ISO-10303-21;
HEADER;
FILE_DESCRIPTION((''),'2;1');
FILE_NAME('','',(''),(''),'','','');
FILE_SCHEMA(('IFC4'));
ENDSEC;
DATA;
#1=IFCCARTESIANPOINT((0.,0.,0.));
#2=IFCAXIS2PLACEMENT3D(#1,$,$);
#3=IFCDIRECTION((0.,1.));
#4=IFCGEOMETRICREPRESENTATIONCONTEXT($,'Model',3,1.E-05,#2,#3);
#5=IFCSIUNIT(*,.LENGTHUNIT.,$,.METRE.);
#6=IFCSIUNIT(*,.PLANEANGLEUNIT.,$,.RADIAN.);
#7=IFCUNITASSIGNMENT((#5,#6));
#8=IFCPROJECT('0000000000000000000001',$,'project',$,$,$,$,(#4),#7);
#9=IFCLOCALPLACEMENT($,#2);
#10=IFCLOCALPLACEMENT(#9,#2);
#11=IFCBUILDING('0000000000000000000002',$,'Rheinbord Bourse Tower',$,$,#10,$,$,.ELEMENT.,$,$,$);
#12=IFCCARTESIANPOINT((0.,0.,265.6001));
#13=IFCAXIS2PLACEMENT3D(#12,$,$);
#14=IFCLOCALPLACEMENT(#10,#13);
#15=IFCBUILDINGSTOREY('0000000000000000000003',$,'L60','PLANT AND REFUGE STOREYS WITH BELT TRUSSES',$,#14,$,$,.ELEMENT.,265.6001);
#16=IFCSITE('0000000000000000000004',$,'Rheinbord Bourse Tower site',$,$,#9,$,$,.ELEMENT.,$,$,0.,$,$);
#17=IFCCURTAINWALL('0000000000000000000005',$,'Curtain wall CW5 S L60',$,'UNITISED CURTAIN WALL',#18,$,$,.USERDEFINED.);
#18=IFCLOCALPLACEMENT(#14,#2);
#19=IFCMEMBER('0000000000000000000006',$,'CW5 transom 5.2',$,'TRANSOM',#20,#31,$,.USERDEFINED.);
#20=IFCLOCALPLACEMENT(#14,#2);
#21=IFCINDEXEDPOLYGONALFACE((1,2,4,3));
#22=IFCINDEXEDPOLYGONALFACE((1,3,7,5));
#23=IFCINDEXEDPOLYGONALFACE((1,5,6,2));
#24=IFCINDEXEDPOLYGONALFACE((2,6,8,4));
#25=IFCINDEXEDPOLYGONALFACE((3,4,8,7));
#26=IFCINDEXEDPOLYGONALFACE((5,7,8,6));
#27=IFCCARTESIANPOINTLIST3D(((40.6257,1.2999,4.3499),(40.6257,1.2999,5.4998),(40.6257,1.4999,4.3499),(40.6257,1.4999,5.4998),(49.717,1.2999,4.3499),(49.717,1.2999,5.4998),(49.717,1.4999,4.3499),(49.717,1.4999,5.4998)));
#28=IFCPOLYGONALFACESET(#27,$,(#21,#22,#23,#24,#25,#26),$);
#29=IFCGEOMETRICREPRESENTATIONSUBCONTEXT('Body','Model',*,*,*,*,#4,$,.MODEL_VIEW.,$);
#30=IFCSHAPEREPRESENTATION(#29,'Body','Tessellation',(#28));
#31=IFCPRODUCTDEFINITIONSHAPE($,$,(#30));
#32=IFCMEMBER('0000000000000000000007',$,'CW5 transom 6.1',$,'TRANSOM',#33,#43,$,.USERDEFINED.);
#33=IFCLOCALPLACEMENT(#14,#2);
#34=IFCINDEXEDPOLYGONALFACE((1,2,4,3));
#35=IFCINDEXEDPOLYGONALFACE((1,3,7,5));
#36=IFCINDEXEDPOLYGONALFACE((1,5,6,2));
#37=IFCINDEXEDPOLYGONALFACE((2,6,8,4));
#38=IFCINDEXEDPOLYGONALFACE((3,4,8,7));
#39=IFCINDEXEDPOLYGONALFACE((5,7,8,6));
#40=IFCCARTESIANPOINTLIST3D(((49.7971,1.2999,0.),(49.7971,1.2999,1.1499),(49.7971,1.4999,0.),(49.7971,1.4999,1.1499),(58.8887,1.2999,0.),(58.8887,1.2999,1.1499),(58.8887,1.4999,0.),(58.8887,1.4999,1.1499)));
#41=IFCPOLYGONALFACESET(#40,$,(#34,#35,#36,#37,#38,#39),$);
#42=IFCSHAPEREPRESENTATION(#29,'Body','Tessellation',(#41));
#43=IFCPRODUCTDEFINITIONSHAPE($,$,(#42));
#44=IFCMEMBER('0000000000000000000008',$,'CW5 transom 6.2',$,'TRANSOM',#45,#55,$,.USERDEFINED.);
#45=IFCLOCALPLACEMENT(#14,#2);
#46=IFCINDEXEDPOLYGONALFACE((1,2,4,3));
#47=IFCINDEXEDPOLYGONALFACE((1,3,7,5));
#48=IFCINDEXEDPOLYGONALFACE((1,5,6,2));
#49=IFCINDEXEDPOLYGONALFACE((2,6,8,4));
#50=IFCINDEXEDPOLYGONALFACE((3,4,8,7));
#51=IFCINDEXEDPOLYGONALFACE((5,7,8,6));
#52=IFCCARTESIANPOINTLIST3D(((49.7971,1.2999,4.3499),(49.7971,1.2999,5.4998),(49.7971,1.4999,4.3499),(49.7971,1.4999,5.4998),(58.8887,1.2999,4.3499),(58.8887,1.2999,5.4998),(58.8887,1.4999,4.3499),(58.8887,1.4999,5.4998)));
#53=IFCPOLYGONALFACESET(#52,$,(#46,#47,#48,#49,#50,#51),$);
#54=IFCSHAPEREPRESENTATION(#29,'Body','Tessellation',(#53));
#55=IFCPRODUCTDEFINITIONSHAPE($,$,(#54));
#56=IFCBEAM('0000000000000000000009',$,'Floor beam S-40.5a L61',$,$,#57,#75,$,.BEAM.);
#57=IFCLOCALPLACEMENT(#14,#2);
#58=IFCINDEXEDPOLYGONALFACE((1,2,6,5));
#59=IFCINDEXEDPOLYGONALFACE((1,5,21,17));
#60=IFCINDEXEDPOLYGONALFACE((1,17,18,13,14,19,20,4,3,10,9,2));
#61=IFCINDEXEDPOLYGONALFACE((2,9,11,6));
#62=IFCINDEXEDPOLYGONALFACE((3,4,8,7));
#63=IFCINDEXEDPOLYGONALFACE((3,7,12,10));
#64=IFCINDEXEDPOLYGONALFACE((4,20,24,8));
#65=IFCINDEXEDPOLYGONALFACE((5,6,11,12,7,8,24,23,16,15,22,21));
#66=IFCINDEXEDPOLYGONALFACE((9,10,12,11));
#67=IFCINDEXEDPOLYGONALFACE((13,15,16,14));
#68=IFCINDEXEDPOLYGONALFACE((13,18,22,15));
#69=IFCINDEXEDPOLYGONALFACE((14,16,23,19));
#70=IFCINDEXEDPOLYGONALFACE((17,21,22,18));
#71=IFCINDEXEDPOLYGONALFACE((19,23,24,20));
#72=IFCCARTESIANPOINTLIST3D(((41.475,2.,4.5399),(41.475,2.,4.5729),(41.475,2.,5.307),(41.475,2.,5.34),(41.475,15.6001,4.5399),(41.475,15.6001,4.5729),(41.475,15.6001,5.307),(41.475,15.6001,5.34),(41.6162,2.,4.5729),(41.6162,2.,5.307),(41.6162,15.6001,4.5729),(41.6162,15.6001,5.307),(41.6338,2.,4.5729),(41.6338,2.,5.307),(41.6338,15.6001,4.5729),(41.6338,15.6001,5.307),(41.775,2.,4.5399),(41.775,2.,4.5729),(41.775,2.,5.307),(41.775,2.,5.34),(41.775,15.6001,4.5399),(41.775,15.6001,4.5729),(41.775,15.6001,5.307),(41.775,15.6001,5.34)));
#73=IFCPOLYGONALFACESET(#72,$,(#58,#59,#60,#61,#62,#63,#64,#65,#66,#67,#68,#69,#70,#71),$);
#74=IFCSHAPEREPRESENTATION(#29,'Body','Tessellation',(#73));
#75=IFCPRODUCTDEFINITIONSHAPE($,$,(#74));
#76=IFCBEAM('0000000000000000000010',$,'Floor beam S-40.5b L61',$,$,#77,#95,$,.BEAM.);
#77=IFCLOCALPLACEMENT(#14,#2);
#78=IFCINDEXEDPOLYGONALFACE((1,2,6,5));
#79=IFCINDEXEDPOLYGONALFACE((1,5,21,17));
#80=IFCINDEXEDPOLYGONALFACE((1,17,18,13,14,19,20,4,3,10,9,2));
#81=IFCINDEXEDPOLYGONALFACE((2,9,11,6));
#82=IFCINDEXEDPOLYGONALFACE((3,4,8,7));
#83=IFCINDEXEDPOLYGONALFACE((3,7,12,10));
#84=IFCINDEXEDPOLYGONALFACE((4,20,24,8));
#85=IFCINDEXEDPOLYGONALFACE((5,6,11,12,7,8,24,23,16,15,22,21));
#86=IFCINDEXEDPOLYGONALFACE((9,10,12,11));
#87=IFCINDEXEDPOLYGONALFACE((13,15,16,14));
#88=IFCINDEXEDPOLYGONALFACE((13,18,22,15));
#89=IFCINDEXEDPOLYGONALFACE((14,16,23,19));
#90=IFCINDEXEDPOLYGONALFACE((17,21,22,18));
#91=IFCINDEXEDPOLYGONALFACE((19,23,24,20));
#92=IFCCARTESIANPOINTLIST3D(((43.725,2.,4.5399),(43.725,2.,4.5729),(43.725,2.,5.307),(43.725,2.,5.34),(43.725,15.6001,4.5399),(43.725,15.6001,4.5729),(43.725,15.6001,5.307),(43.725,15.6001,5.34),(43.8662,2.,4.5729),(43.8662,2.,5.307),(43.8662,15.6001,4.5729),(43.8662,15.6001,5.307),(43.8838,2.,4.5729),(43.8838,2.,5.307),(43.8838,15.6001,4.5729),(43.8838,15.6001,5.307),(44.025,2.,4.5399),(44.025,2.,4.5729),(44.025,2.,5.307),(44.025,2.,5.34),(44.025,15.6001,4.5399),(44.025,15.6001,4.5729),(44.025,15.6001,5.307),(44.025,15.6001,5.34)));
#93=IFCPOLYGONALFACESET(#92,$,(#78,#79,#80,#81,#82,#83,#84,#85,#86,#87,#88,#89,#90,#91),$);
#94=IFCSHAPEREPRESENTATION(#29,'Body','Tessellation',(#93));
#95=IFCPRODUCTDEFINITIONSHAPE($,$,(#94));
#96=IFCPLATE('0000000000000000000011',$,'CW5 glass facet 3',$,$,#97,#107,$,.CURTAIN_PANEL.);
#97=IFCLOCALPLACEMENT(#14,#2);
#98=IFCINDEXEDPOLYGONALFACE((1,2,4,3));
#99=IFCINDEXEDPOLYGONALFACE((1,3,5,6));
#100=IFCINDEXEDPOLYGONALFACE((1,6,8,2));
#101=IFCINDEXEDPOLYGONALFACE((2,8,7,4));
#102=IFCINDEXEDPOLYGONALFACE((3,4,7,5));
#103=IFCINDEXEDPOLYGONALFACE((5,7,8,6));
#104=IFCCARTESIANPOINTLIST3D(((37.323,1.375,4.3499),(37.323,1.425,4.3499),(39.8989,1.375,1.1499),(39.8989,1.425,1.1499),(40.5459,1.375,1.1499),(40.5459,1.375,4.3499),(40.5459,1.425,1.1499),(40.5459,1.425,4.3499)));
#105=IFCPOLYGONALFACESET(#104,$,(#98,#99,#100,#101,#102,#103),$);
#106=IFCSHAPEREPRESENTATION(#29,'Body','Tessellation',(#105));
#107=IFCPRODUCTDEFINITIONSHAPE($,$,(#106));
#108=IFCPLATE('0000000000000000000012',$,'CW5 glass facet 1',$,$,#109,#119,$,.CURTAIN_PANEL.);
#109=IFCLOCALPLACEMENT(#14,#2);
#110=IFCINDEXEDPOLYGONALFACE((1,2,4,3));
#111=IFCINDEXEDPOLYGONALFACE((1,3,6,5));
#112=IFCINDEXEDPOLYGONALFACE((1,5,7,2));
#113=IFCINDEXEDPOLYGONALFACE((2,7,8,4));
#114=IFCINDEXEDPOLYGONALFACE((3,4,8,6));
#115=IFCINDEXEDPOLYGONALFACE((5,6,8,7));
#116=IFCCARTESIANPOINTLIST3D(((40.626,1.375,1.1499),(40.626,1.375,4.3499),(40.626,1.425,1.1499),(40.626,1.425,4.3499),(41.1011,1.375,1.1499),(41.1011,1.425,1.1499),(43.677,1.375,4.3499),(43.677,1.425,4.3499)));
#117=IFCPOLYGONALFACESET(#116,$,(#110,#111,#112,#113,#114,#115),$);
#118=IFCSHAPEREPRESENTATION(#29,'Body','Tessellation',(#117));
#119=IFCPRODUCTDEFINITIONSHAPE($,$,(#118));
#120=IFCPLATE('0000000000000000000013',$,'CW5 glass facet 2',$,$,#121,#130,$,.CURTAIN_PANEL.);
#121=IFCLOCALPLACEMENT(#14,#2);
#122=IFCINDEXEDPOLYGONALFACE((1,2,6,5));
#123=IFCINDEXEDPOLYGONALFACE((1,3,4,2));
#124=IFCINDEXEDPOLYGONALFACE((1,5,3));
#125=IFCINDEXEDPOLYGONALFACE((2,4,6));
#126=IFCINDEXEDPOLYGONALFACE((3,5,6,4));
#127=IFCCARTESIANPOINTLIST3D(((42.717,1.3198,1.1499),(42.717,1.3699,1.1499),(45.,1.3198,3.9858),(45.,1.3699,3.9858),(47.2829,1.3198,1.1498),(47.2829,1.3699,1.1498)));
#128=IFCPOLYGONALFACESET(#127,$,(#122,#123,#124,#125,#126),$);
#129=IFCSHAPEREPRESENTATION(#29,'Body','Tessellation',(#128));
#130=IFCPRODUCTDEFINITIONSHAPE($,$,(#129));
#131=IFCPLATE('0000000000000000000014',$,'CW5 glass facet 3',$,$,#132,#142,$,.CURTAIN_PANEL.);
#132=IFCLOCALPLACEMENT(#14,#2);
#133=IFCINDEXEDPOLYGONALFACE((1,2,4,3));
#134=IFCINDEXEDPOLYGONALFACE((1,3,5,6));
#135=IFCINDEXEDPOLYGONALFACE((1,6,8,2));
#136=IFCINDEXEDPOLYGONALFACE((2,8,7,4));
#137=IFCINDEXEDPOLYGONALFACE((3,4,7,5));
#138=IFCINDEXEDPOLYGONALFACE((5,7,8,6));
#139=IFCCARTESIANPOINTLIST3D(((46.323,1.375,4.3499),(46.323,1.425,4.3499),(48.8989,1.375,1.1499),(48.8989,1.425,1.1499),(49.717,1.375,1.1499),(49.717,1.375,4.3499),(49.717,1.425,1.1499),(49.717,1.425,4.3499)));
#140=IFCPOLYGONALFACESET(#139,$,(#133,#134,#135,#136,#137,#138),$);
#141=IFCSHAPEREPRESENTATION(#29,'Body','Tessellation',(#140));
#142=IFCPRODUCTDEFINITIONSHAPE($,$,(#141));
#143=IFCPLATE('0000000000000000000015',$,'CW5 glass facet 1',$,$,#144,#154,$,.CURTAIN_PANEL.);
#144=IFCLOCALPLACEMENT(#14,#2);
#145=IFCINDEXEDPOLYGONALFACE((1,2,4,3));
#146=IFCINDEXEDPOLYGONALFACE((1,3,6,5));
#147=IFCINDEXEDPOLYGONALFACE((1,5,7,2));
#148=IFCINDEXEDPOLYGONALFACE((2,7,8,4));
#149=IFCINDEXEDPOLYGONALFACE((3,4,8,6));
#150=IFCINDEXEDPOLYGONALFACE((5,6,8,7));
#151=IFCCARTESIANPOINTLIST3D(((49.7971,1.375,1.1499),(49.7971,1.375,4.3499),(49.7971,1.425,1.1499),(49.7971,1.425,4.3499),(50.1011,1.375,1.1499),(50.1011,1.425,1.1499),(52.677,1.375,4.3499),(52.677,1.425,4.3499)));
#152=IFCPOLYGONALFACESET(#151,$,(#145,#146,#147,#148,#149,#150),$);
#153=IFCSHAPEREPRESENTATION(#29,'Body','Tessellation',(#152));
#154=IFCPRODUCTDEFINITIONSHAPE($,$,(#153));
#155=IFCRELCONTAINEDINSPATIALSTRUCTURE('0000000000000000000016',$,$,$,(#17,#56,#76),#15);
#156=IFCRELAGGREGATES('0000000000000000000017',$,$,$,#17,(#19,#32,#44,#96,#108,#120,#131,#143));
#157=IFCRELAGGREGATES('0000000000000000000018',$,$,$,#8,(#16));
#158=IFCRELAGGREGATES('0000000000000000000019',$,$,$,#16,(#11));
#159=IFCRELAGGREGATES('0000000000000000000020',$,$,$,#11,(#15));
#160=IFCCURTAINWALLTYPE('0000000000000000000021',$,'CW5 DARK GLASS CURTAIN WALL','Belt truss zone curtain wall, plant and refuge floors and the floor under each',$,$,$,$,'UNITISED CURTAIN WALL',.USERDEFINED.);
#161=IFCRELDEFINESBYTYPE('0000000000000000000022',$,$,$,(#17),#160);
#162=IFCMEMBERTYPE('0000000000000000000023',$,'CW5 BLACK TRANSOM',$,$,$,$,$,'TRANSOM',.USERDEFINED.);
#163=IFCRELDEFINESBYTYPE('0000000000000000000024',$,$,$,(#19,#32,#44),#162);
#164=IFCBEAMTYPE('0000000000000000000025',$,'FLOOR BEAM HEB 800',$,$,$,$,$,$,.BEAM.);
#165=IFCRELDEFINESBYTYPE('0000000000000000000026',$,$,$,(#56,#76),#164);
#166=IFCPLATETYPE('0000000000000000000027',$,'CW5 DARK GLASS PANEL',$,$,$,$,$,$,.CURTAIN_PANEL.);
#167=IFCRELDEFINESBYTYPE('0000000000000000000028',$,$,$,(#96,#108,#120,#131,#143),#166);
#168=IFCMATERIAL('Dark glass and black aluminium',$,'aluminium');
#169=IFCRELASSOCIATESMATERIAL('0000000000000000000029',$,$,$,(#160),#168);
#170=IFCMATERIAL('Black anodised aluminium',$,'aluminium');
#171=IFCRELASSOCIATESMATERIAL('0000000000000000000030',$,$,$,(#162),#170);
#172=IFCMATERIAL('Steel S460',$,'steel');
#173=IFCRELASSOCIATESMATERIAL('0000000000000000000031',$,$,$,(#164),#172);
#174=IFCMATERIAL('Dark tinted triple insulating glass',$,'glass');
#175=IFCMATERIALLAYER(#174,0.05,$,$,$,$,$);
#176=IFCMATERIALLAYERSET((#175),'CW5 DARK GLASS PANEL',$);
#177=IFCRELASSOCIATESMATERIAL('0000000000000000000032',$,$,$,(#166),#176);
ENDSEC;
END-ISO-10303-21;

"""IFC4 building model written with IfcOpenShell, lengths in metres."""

from ifc_helpers import new_model, si_unit, direction, frame, origin, origin_2d, place, context, subcontext, project, spatial, polyline, rectangle, i_section, outline, extrude, material, layer, layer_set, material_profile, profile_set, type_object, element, aggregate, save


model = new_model("IFC4")

# Units and contexts
model_context = context("Model", 3, precision=1e-05, world=origin(), true_north=direction((0.0, 1.0)))
body_context = subcontext(model_context, "Body", "Model", "MODEL_VIEW")
ifc_project = project(units=[si_unit("LENGTHUNIT", "METRE"), si_unit("PLANEANGLEUNIT", "RADIAN")], contexts=[model_context])

# Site, building, storey
site_placement = place(None, origin())
site = spatial("IfcSite", under=ifc_project, at=site_placement, Name="Rheinbord Bourse Tower site", CompositionType="ELEMENT", RefElevation=0.0)
building_placement = place(site_placement, origin())
building = spatial("IfcBuilding", under=site, at=building_placement, Name="Rheinbord Bourse Tower", CompositionType="ELEMENT")
storey_placement = place(building_placement, frame((0.0, 0.0, 265.6001)))
storey = spatial("IfcBuildingStorey", under=building, at=storey_placement, Name="L60", Description="PLANT AND REFUGE STOREYS WITH BELT TRUSSES", CompositionType="ELEMENT", Elevation=265.6001)

# Curtain wall, members
ifc_material_1 = material(Name="Dark glass and black aluminium", Category="aluminium")
curtain_wall_type = type_object("IfcCurtainWallType", Name="CW5 DARK GLASS CURTAIN WALL", Description="Belt truss zone curtain wall, plant and refuge floors and the floor under each", ElementType="UNITISED CURTAIN WALL", PredefinedType="USERDEFINED", material=ifc_material_1)
curtain_wall_placement = place(storey_placement, origin())
curtain_wall = element("IfcCurtainWall", 1, at=curtain_wall_placement, inside=storey, type_object=curtain_wall_type, Name="Curtain wall CW5 S L60", ObjectType="UNITISED CURTAIN WALL", PredefinedType="USERDEFINED")
ifc_material_2 = material(Name="Black anodised aluminium", Category="aluminium")
ifc_material_profile_1 = material_profile(ifc_material_2, rectangle(XDim=0.2, YDim=1.1499, at=origin_2d()), Name="CW5 TRANSOM 1150x200")
ifc_profile_set_1 = profile_set([ifc_material_profile_1], Name="Black anodised aluminium")
member_type_1 = type_object("IfcMemberType", Name="CW5 BLACK TRANSOM", ElementType="TRANSOM", PredefinedType="USERDEFINED", material=ifc_profile_set_1)
member_1_placement = place(storey_placement, frame((40.6257, 1.3999, 4.9248), z_axis=(1.0, 0.0, 0.0), x_axis=(0.0, 1.0, 0.0)))
member_1 = element("IfcMember", 2, at=member_1_placement, type_object=member_type_1, Name="CW5 transom 5.2", ObjectType="TRANSOM", PredefinedType="USERDEFINED", context=body_context, shape_type="SweptSolid", body=[
    extrude(rectangle(XDim=0.2, YDim=1.1499, at=origin_2d()), origin(), (0.0, 0.0, 1.0), 9.0913),
])
member_2_placement = place(storey_placement, frame((49.7971, 1.3999, 0.575), z_axis=(1.0, 0.0, 0.0), x_axis=(0.0, 1.0, 0.0)))
member_2 = element("IfcMember", 3, at=member_2_placement, type_object=member_type_1, Name="CW5 transom 6.1", ObjectType="TRANSOM", PredefinedType="USERDEFINED", context=body_context, shape_type="SweptSolid", body=[
    extrude(rectangle(XDim=0.2, YDim=1.1499, at=origin_2d()), origin(), (0.0, 0.0, 1.0), 9.0916),
])
member_3_placement = place(storey_placement, frame((49.7971, 1.3999, 4.9248), z_axis=(1.0, 0.0, 0.0), x_axis=(0.0, 1.0, 0.0)))
member_3 = element("IfcMember", 4, at=member_3_placement, type_object=member_type_1, Name="CW5 transom 6.2", ObjectType="TRANSOM", PredefinedType="USERDEFINED", context=body_context, shape_type="SweptSolid", body=[
    extrude(rectangle(XDim=0.2, YDim=1.1499, at=origin_2d()), origin(), (0.0, 0.0, 1.0), 9.0916),
])

# Beams
ifc_material_3 = material(Name="Steel S460", Category="steel")
ifc_material_profile_2 = material_profile(ifc_material_3, i_section(OverallWidth=0.3, OverallDepth=0.8, WebThickness=0.0176, FlangeThickness=0.033, at=origin_2d()), Name="HEB 800")
ifc_profile_set_2 = profile_set([ifc_material_profile_2], Name="Steel S460")
beam_type_1 = type_object("IfcBeamType", Name="FLOOR BEAM HEB 800", PredefinedType="BEAM", material=ifc_profile_set_2)
for number, where, z_axis, x_axis, name in (
    (5, (41.625, 2.0, 4.9399), (0.0, 1.0, 0.0), (-1.0, 0.0, 0.0), "Floor beam S-40.5a L61"),
    (6, (43.875, 2.0, 4.9399), (0.0, 1.0, 0.0), (-1.0, 0.0, 0.0), "Floor beam S-40.5b L61"),
):
    element("IfcBeam", number, at=place(storey_placement, frame(where, z_axis=z_axis, x_axis=x_axis)), inside=storey, type_object=beam_type_1, Name=name, PredefinedType="BEAM", context=body_context, shape_type="SweptSolid", body=[
        extrude(i_section(OverallWidth=0.3, OverallDepth=0.8, WebThickness=0.0176, FlangeThickness=0.033, at=origin_2d()), origin(), (0.0, 0.0, 1.0), 13.6001),
    ])

# Plates
ifc_material_4 = material(Name="Dark tinted triple insulating glass", Category="glass")
ifc_layer = layer(ifc_material_4, 0.05)
ifc_layer_set = layer_set([ifc_layer], Name="CW5 DARK GLASS PANEL")
plate_type = type_object("IfcPlateType", Name="CW5 DARK GLASS PANEL", PredefinedType="CURTAIN_PANEL", material=ifc_layer_set)
plate_1_placement = place(storey_placement, frame((40.5459, 1.375, 4.3499), z_axis=(0.0, 1.0, 0.0), x_axis=(0.0, 0.0, -1.0)))
plate_1 = element("IfcPlate", 7, at=plate_1_placement, type_object=plate_type, Name="CW5 glass facet 3", PredefinedType="CURTAIN_PANEL", context=body_context, shape_type="SweptSolid", body=[
    extrude(outline(polyline([(0.0, 0.0), (3.2, 0.0), (3.2, 0.647), (0.0, 3.2229), (0.0, 0.0)])), origin(), (0.0, 0.0, 1.0), 0.05),
])
plate_2_placement = place(storey_placement, frame((40.626, 1.375, 1.1499), z_axis=(0.0, 1.0, 0.0), x_axis=(0.0, 0.0, 1.0)))
plate_2 = element("IfcPlate", 8, at=plate_2_placement, type_object=plate_type, Name="CW5 glass facet 1", PredefinedType="CURTAIN_PANEL", context=body_context, shape_type="SweptSolid", body=[
    extrude(outline(polyline([(0.0, 0.0), (3.2, 0.0), (3.2, 3.051), (0.0, 0.4751), (0.0, 0.0)])), origin(), (0.0, 0.0, 1.0), 0.05),
])
plate_3_placement = place(storey_placement, frame((42.717, 1.3198, 1.1499), z_axis=(0.0, 1.0, 0.0), x_axis=(0.627072, 0.0, 0.778961)))
plate_3 = element("IfcPlate", 9, at=plate_3_placement, type_object=plate_type, Name="CW5 glass facet 2", PredefinedType="CURTAIN_PANEL", context=body_context, shape_type="SweptSolid", body=[
    extrude(outline(polyline([(0.0, 0.0), (3.6406, 0.0), (2.863, 3.5566), (0.0, 0.0)])), origin(), (0.0, 0.0, 1.0), 0.05),
])
plate_4_placement = place(storey_placement, frame((49.717, 1.375, 4.3499), z_axis=(0.0, 1.0, 0.0), x_axis=(0.0, 0.0, -1.0)))
plate_4 = element("IfcPlate", 10, at=plate_4_placement, type_object=plate_type, Name="CW5 glass facet 3", PredefinedType="CURTAIN_PANEL", context=body_context, shape_type="SweptSolid", body=[
    extrude(outline(polyline([(0.0, 0.0), (3.2, 0.0), (3.2, 0.8181), (0.0, 3.394), (0.0, 0.0)])), origin(), (0.0, 0.0, 1.0), 0.05),
])
plate_5_placement = place(storey_placement, frame((49.7971, 1.375, 1.1499), z_axis=(0.0, 1.0, 0.0), x_axis=(0.0, 0.0, 1.0)))
plate_5 = element("IfcPlate", 11, at=plate_5_placement, type_object=plate_type, Name="CW5 glass facet 1", PredefinedType="CURTAIN_PANEL", context=body_context, shape_type="SweptSolid", body=[
    extrude(outline(polyline([(0.0, 0.0), (3.2, 0.0), (3.2, 2.8799), (0.0, 0.304), (0.0, 0.0)])), origin(), (0.0, 0.0, 1.0), 0.05),
])
aggregate(curtain_wall, [member_1, member_2, member_3, plate_1, plate_2, plate_3, plate_4, plate_5])

save(model, "model.ifc")
